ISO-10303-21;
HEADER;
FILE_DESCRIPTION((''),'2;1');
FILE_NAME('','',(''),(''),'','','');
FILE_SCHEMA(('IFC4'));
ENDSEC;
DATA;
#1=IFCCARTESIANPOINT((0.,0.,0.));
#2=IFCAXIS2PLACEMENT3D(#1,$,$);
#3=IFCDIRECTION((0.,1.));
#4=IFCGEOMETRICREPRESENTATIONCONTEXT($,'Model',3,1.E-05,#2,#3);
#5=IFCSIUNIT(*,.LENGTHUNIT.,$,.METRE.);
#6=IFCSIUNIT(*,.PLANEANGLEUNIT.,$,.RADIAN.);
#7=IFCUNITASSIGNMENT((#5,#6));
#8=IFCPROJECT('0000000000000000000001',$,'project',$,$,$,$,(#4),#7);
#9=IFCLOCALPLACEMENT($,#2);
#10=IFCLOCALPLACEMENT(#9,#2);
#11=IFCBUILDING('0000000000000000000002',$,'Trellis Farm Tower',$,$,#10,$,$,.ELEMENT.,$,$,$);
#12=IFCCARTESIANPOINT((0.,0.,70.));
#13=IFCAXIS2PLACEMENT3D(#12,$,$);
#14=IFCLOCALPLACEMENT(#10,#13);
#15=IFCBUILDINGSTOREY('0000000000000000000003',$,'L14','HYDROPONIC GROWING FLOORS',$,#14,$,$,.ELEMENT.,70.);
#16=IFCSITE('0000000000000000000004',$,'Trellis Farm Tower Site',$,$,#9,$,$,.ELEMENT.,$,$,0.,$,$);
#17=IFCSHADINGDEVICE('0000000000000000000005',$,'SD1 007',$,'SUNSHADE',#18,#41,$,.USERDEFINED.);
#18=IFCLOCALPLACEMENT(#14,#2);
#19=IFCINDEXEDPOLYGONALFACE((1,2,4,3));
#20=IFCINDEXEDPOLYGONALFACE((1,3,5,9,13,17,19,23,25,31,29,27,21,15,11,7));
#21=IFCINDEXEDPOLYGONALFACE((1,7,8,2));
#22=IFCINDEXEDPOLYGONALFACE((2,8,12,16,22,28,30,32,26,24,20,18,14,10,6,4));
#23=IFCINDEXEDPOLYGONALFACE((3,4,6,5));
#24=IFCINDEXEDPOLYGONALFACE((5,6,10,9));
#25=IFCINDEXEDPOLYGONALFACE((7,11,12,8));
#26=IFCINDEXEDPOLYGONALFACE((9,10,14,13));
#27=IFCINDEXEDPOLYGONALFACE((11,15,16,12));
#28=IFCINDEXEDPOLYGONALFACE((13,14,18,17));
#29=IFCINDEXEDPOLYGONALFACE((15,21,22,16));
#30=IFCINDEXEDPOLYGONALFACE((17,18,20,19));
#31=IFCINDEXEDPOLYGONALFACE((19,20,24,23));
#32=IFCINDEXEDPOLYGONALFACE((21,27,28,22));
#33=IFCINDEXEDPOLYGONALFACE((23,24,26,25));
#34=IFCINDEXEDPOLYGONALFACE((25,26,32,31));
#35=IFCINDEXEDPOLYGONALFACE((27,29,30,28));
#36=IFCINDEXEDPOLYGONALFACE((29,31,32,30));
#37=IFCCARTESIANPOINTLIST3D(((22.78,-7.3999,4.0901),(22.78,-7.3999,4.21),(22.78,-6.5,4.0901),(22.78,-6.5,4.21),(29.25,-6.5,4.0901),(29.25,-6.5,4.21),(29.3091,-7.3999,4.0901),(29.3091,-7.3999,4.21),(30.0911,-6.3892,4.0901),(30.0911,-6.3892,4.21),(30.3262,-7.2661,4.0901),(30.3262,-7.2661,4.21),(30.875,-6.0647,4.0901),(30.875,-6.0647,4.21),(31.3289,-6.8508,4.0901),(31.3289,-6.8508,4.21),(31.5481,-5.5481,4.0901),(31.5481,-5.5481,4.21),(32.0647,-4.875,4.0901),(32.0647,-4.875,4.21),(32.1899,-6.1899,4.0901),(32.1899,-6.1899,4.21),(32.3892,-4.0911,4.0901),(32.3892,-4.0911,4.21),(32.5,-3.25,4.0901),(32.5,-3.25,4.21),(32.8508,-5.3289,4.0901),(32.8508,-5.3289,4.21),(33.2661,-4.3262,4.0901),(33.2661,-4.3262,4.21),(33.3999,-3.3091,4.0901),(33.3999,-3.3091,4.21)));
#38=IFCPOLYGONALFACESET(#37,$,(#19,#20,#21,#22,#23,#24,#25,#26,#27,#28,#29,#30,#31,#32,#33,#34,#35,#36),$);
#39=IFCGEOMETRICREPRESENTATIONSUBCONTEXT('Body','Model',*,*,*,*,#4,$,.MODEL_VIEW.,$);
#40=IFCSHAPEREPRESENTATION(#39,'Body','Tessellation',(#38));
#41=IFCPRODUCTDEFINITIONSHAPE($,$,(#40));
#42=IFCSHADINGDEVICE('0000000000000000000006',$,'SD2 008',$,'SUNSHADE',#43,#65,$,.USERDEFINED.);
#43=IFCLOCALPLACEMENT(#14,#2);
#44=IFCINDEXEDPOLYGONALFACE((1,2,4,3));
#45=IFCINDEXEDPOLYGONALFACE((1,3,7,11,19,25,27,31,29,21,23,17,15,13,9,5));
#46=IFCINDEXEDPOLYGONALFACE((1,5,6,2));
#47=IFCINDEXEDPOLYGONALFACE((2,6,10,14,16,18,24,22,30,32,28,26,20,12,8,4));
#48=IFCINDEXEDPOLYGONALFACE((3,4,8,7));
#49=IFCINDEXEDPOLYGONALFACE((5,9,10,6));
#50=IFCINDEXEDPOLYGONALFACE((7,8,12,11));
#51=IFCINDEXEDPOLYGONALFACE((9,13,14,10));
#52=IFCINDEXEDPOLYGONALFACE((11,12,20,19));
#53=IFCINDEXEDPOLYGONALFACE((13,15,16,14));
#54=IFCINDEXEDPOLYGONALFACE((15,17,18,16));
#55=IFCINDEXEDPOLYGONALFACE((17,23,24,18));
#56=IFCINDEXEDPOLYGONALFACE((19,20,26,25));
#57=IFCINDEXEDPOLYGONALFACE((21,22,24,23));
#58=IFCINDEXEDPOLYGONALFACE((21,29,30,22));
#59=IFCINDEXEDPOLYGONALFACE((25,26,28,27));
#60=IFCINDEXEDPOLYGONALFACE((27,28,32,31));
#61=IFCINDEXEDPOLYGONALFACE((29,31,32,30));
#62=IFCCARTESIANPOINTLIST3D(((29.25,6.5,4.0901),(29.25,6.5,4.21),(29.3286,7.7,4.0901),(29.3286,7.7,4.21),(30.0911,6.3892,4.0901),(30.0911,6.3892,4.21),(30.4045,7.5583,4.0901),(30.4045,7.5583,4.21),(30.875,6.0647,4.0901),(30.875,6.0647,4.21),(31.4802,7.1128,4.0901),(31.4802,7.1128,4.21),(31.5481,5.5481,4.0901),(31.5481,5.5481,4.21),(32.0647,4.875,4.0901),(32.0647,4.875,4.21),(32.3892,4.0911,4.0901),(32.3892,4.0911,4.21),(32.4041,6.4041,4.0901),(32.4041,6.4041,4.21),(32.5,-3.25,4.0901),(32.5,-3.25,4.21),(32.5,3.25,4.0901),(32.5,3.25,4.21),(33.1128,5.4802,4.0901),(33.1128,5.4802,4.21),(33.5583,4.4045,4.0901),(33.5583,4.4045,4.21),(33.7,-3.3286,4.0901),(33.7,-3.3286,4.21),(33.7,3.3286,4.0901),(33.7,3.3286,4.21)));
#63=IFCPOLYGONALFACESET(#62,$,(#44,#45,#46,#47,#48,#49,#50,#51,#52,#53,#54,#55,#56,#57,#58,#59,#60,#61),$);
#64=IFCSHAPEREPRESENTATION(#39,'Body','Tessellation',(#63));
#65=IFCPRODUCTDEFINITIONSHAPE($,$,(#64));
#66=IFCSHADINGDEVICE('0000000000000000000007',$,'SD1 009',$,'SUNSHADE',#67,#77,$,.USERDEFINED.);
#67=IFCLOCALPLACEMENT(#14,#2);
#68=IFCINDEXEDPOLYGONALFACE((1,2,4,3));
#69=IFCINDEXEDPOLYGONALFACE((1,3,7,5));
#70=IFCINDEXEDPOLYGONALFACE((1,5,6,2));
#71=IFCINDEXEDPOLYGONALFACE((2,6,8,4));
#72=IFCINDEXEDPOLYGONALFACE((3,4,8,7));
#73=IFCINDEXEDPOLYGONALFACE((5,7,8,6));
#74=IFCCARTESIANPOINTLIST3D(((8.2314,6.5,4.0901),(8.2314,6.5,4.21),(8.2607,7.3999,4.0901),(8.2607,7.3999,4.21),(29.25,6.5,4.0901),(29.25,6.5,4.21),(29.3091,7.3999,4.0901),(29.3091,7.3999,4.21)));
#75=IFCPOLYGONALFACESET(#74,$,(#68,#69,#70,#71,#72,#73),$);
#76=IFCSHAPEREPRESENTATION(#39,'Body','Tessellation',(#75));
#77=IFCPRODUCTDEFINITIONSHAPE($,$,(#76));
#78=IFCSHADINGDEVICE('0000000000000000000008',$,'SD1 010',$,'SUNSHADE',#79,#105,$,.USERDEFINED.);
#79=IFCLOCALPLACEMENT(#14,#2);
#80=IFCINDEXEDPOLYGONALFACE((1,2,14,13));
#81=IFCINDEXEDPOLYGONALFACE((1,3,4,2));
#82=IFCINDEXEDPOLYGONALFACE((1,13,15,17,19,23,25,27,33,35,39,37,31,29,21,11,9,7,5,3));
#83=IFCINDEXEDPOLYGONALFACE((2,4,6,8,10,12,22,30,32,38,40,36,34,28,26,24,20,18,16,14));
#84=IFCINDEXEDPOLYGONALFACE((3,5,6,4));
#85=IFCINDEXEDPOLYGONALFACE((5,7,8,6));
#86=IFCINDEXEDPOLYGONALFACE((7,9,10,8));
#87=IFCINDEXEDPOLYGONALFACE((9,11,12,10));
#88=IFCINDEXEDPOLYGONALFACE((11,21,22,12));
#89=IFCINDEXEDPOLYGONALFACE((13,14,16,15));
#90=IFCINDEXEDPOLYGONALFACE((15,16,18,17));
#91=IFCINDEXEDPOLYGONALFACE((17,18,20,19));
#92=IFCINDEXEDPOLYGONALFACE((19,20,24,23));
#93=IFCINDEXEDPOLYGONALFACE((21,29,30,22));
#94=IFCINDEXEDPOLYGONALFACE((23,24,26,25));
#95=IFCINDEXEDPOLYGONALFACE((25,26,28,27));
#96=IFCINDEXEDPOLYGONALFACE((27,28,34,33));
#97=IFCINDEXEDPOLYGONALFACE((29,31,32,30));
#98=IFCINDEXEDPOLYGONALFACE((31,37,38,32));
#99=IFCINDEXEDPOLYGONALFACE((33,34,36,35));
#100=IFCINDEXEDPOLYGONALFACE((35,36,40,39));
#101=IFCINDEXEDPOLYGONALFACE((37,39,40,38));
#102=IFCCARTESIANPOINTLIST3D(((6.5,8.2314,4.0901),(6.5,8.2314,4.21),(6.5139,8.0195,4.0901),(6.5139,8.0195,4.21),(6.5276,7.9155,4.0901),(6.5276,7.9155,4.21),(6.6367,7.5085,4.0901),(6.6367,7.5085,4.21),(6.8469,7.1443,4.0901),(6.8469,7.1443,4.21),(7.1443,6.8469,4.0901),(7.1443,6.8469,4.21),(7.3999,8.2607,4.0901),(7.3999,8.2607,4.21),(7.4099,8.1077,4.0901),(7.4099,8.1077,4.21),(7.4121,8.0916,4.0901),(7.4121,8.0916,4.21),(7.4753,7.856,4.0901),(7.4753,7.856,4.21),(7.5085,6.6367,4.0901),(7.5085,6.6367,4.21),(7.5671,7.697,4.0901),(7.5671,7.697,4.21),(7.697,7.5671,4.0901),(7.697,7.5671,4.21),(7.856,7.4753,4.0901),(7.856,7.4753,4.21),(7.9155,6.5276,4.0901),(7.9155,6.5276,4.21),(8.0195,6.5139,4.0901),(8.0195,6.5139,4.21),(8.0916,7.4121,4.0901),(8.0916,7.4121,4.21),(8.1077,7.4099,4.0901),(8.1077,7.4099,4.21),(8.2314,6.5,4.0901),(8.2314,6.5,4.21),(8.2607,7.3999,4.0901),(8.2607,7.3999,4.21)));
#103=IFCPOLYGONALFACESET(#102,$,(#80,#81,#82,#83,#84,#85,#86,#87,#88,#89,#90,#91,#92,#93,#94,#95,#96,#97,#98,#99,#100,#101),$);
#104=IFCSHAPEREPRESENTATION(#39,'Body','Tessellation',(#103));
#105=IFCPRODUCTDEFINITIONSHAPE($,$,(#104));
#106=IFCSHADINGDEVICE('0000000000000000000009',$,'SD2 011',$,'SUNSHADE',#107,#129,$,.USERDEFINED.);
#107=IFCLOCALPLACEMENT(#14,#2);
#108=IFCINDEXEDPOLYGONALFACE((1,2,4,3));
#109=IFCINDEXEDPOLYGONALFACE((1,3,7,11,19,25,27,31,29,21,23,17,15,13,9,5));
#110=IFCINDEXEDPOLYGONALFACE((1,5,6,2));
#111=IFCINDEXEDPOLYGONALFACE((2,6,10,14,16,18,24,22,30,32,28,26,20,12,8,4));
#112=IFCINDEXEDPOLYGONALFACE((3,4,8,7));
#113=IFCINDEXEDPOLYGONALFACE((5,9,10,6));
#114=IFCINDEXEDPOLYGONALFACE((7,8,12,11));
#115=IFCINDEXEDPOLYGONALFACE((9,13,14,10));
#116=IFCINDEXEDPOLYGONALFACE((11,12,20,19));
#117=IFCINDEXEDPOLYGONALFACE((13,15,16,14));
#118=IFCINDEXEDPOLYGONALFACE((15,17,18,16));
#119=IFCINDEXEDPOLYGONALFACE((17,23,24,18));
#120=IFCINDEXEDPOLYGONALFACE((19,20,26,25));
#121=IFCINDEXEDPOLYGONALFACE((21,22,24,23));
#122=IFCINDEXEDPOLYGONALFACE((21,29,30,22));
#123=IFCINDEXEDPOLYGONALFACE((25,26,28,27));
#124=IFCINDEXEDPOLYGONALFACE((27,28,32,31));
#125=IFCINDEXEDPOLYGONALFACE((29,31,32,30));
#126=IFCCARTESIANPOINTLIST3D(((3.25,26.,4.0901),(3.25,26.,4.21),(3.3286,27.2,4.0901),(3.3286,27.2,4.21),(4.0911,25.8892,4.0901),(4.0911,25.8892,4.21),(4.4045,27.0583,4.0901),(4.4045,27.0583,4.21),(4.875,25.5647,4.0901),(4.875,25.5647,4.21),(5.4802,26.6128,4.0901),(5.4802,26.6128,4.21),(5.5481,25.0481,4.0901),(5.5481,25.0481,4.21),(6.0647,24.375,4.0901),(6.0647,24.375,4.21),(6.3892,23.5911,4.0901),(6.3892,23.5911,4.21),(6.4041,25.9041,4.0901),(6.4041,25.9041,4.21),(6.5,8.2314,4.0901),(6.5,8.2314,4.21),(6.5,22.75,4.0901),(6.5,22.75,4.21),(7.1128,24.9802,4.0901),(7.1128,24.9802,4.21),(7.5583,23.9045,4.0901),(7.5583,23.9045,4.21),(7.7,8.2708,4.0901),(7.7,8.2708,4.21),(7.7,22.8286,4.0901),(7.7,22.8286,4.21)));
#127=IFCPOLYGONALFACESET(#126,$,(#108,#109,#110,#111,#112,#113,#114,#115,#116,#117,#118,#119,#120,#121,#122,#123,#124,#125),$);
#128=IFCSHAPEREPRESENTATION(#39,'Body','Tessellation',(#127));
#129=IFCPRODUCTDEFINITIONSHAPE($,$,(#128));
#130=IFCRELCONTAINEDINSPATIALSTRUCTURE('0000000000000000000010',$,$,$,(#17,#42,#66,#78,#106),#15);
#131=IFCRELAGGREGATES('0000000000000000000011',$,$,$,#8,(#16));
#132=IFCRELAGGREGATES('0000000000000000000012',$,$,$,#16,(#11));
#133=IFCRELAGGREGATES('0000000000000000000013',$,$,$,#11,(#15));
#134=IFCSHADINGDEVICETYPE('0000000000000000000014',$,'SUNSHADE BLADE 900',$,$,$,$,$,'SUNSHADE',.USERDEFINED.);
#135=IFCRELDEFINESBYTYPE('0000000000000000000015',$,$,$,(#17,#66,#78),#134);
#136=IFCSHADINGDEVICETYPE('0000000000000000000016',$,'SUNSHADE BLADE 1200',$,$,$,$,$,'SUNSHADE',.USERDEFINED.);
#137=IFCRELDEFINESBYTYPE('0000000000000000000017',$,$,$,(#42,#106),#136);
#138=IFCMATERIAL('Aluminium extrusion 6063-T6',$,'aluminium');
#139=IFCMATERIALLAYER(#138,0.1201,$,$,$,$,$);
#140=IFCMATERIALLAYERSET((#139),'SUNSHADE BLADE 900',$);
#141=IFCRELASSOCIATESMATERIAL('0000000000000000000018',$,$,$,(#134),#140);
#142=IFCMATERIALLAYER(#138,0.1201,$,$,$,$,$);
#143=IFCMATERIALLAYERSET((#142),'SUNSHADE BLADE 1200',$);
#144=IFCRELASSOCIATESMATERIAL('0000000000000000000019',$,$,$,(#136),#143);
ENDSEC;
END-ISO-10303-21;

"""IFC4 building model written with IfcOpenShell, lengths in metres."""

from ifc_helpers import new_model, si_unit, direction, frame, origin, place, context, subcontext, project, spatial, polyline, outline, extrude, source, transform, mapped, material, layer, layer_set, type_object, element, save


model = new_model("IFC4")

# Units and contexts
model_context = context("Model", 3, precision=1e-05, world=origin(), true_north=direction((0.0, 1.0)))
body_context = subcontext(model_context, "Body", "Model", "MODEL_VIEW")
ifc_project = project(units=[si_unit("LENGTHUNIT", "METRE"), si_unit("PLANEANGLEUNIT", "RADIAN")], contexts=[model_context])

# Site, building, storey
site_placement = place(None, origin())
site = spatial("IfcSite", under=ifc_project, at=site_placement, Name="Trellis Farm Tower Site", CompositionType="ELEMENT", RefElevation=0.0)
building_placement = place(site_placement, origin())
building = spatial("IfcBuilding", under=site, at=building_placement, Name="Trellis Farm Tower", CompositionType="ELEMENT")
storey_placement = place(building_placement, frame((0.0, 0.0, 70.0)))
storey = spatial("IfcBuildingStorey", under=building, at=storey_placement, Name="L14", Description="HYDROPONIC GROWING FLOORS", CompositionType="ELEMENT", Elevation=70.0)

# Shared definitions
ifc_material_1 = material(Name="Aluminium extrusion 6063-T6", Category="aluminium")

# Shading devices
ifc_layer_1 = layer(ifc_material_1, 0.1201)
ifc_layer_set_1 = layer_set([ifc_layer_1], Name="SUNSHADE BLADE 900")
shading_device_type_1 = type_object("IfcShadingDeviceType", Name="SUNSHADE BLADE 900", ElementType="SUNSHADE", PredefinedType="USERDEFINED", material=ifc_layer_set_1)
shared_shape_1 = source(origin(), body_context, "Body", "SweptSolid", [
    extrude(outline(polyline([(22.78, -7.3999), (29.3091, -7.3999), (30.3262, -7.2661), (31.3289, -6.8508), (32.1899, -6.1899), (32.8508, -5.3289), (33.2661, -4.3262), (33.3999, -3.3091), (32.5, -3.25), (32.3892, -4.0911), (32.0647, -4.875), (31.5481, -5.5481), (30.875, -6.0647), (30.0911, -6.3892), (29.25, -6.5), (22.78, -6.5), (22.78, -7.3999)])), origin(), (0.0, 0.0, 1.0), 0.1199),
])
placement_1 = place(storey_placement, frame((0.0, 0.0, 4.0901)))
element("IfcShadingDevice", 1, at=placement_1, inside=storey, type_object=shading_device_type_1, Name="SD1 007", ObjectType="SUNSHADE", PredefinedType="USERDEFINED", context=body_context, shape_type="MappedRepresentation", body=[
    mapped(shared_shape_1, transform((0.0, 0.0, 0.0))),
])
ifc_layer_2 = layer(ifc_material_1, 0.1201)
ifc_layer_set_2 = layer_set([ifc_layer_2], Name="SUNSHADE BLADE 1200")
shading_device_type_2 = type_object("IfcShadingDeviceType", Name="SUNSHADE BLADE 1200", ElementType="SUNSHADE", PredefinedType="USERDEFINED", material=ifc_layer_set_2)
shared_shape_2 = source(origin(), body_context, "Body", "SweptSolid", [
    extrude(outline(polyline([(33.7, -3.3286), (33.7, 3.3286), (33.5583, 4.4045), (33.1128, 5.4802), (32.4041, 6.4041), (31.4802, 7.1128), (30.4045, 7.5583), (29.3286, 7.7), (29.25, 6.5), (30.0911, 6.3892), (30.875, 6.0647), (31.5481, 5.5481), (32.0647, 4.875), (32.3892, 4.0911), (32.5, 3.25), (32.5, -3.25), (33.7, -3.3286)])), origin(), (0.0, 0.0, 1.0), 0.1199),
])
element("IfcShadingDevice", 2, at=placement_1, inside=storey, type_object=shading_device_type_2, Name="SD2 008", ObjectType="SUNSHADE", PredefinedType="USERDEFINED", context=body_context, shape_type="MappedRepresentation", body=[
    mapped(shared_shape_2, transform((0.0, 0.0, 0.0))),
])
shared_shape_3 = source(origin(), body_context, "Body", "SweptSolid", [
    extrude(outline(polyline([(29.3091, 7.3999), (8.2607, 7.3999), (8.2314, 6.5), (29.25, 6.5), (29.3091, 7.3999)])), origin(), (0.0, 0.0, 1.0), 0.1199),
])
element("IfcShadingDevice", 3, at=placement_1, inside=storey, type_object=shading_device_type_1, Name="SD1 009", ObjectType="SUNSHADE", PredefinedType="USERDEFINED", context=body_context, shape_type="MappedRepresentation", body=[
    mapped(shared_shape_3, transform((0.0, 0.0, 0.0))),
])
shared_shape_4 = source(origin(), body_context, "Body", "SweptSolid", [
    extrude(outline(polyline([(8.2607, 7.3999), (8.1077, 7.4099), (8.0916, 7.4121), (7.856, 7.4753), (7.697, 7.5671), (7.5671, 7.697), (7.4753, 7.856), (7.4121, 8.0916), (7.4099, 8.1077), (7.3999, 8.2607), (6.5, 8.2314), (6.5139, 8.0195), (6.5276, 7.9155), (6.6367, 7.5085), (6.8469, 7.1443), (7.1443, 6.8469), (7.5085, 6.6367), (7.9155, 6.5276), (8.0195, 6.5139), (8.2314, 6.5), (8.2607, 7.3999)])), origin(), (0.0, 0.0, 1.0), 0.1199),
])
element("IfcShadingDevice", 4, at=placement_1, inside=storey, type_object=shading_device_type_1, Name="SD1 010", ObjectType="SUNSHADE", PredefinedType="USERDEFINED", context=body_context, shape_type="MappedRepresentation", body=[
    mapped(shared_shape_4, transform((0.0, 0.0, 0.0))),
])
shared_shape_5 = source(origin(), body_context, "Body", "SweptSolid", [
    extrude(outline(polyline([(7.7, 8.2708), (7.7, 22.8286), (7.5583, 23.9045), (7.1128, 24.9802), (6.4041, 25.9041), (5.4802, 26.6128), (4.4045, 27.0583), (3.3286, 27.2), (3.25, 26.0), (4.0911, 25.8892), (4.875, 25.5647), (5.5481, 25.0481), (6.0647, 24.375), (6.3892, 23.5911), (6.5, 22.75), (6.5, 8.2314), (7.7, 8.2708)])), origin(), (0.0, 0.0, 1.0), 0.1199),
])
element("IfcShadingDevice", 5, at=placement_1, inside=storey, type_object=shading_device_type_2, Name="SD2 011", ObjectType="SUNSHADE", PredefinedType="USERDEFINED", context=body_context, shape_type="MappedRepresentation", body=[
    mapped(shared_shape_5, transform((0.0, 0.0, 0.0))),
])

save(model, "model.ifc")
